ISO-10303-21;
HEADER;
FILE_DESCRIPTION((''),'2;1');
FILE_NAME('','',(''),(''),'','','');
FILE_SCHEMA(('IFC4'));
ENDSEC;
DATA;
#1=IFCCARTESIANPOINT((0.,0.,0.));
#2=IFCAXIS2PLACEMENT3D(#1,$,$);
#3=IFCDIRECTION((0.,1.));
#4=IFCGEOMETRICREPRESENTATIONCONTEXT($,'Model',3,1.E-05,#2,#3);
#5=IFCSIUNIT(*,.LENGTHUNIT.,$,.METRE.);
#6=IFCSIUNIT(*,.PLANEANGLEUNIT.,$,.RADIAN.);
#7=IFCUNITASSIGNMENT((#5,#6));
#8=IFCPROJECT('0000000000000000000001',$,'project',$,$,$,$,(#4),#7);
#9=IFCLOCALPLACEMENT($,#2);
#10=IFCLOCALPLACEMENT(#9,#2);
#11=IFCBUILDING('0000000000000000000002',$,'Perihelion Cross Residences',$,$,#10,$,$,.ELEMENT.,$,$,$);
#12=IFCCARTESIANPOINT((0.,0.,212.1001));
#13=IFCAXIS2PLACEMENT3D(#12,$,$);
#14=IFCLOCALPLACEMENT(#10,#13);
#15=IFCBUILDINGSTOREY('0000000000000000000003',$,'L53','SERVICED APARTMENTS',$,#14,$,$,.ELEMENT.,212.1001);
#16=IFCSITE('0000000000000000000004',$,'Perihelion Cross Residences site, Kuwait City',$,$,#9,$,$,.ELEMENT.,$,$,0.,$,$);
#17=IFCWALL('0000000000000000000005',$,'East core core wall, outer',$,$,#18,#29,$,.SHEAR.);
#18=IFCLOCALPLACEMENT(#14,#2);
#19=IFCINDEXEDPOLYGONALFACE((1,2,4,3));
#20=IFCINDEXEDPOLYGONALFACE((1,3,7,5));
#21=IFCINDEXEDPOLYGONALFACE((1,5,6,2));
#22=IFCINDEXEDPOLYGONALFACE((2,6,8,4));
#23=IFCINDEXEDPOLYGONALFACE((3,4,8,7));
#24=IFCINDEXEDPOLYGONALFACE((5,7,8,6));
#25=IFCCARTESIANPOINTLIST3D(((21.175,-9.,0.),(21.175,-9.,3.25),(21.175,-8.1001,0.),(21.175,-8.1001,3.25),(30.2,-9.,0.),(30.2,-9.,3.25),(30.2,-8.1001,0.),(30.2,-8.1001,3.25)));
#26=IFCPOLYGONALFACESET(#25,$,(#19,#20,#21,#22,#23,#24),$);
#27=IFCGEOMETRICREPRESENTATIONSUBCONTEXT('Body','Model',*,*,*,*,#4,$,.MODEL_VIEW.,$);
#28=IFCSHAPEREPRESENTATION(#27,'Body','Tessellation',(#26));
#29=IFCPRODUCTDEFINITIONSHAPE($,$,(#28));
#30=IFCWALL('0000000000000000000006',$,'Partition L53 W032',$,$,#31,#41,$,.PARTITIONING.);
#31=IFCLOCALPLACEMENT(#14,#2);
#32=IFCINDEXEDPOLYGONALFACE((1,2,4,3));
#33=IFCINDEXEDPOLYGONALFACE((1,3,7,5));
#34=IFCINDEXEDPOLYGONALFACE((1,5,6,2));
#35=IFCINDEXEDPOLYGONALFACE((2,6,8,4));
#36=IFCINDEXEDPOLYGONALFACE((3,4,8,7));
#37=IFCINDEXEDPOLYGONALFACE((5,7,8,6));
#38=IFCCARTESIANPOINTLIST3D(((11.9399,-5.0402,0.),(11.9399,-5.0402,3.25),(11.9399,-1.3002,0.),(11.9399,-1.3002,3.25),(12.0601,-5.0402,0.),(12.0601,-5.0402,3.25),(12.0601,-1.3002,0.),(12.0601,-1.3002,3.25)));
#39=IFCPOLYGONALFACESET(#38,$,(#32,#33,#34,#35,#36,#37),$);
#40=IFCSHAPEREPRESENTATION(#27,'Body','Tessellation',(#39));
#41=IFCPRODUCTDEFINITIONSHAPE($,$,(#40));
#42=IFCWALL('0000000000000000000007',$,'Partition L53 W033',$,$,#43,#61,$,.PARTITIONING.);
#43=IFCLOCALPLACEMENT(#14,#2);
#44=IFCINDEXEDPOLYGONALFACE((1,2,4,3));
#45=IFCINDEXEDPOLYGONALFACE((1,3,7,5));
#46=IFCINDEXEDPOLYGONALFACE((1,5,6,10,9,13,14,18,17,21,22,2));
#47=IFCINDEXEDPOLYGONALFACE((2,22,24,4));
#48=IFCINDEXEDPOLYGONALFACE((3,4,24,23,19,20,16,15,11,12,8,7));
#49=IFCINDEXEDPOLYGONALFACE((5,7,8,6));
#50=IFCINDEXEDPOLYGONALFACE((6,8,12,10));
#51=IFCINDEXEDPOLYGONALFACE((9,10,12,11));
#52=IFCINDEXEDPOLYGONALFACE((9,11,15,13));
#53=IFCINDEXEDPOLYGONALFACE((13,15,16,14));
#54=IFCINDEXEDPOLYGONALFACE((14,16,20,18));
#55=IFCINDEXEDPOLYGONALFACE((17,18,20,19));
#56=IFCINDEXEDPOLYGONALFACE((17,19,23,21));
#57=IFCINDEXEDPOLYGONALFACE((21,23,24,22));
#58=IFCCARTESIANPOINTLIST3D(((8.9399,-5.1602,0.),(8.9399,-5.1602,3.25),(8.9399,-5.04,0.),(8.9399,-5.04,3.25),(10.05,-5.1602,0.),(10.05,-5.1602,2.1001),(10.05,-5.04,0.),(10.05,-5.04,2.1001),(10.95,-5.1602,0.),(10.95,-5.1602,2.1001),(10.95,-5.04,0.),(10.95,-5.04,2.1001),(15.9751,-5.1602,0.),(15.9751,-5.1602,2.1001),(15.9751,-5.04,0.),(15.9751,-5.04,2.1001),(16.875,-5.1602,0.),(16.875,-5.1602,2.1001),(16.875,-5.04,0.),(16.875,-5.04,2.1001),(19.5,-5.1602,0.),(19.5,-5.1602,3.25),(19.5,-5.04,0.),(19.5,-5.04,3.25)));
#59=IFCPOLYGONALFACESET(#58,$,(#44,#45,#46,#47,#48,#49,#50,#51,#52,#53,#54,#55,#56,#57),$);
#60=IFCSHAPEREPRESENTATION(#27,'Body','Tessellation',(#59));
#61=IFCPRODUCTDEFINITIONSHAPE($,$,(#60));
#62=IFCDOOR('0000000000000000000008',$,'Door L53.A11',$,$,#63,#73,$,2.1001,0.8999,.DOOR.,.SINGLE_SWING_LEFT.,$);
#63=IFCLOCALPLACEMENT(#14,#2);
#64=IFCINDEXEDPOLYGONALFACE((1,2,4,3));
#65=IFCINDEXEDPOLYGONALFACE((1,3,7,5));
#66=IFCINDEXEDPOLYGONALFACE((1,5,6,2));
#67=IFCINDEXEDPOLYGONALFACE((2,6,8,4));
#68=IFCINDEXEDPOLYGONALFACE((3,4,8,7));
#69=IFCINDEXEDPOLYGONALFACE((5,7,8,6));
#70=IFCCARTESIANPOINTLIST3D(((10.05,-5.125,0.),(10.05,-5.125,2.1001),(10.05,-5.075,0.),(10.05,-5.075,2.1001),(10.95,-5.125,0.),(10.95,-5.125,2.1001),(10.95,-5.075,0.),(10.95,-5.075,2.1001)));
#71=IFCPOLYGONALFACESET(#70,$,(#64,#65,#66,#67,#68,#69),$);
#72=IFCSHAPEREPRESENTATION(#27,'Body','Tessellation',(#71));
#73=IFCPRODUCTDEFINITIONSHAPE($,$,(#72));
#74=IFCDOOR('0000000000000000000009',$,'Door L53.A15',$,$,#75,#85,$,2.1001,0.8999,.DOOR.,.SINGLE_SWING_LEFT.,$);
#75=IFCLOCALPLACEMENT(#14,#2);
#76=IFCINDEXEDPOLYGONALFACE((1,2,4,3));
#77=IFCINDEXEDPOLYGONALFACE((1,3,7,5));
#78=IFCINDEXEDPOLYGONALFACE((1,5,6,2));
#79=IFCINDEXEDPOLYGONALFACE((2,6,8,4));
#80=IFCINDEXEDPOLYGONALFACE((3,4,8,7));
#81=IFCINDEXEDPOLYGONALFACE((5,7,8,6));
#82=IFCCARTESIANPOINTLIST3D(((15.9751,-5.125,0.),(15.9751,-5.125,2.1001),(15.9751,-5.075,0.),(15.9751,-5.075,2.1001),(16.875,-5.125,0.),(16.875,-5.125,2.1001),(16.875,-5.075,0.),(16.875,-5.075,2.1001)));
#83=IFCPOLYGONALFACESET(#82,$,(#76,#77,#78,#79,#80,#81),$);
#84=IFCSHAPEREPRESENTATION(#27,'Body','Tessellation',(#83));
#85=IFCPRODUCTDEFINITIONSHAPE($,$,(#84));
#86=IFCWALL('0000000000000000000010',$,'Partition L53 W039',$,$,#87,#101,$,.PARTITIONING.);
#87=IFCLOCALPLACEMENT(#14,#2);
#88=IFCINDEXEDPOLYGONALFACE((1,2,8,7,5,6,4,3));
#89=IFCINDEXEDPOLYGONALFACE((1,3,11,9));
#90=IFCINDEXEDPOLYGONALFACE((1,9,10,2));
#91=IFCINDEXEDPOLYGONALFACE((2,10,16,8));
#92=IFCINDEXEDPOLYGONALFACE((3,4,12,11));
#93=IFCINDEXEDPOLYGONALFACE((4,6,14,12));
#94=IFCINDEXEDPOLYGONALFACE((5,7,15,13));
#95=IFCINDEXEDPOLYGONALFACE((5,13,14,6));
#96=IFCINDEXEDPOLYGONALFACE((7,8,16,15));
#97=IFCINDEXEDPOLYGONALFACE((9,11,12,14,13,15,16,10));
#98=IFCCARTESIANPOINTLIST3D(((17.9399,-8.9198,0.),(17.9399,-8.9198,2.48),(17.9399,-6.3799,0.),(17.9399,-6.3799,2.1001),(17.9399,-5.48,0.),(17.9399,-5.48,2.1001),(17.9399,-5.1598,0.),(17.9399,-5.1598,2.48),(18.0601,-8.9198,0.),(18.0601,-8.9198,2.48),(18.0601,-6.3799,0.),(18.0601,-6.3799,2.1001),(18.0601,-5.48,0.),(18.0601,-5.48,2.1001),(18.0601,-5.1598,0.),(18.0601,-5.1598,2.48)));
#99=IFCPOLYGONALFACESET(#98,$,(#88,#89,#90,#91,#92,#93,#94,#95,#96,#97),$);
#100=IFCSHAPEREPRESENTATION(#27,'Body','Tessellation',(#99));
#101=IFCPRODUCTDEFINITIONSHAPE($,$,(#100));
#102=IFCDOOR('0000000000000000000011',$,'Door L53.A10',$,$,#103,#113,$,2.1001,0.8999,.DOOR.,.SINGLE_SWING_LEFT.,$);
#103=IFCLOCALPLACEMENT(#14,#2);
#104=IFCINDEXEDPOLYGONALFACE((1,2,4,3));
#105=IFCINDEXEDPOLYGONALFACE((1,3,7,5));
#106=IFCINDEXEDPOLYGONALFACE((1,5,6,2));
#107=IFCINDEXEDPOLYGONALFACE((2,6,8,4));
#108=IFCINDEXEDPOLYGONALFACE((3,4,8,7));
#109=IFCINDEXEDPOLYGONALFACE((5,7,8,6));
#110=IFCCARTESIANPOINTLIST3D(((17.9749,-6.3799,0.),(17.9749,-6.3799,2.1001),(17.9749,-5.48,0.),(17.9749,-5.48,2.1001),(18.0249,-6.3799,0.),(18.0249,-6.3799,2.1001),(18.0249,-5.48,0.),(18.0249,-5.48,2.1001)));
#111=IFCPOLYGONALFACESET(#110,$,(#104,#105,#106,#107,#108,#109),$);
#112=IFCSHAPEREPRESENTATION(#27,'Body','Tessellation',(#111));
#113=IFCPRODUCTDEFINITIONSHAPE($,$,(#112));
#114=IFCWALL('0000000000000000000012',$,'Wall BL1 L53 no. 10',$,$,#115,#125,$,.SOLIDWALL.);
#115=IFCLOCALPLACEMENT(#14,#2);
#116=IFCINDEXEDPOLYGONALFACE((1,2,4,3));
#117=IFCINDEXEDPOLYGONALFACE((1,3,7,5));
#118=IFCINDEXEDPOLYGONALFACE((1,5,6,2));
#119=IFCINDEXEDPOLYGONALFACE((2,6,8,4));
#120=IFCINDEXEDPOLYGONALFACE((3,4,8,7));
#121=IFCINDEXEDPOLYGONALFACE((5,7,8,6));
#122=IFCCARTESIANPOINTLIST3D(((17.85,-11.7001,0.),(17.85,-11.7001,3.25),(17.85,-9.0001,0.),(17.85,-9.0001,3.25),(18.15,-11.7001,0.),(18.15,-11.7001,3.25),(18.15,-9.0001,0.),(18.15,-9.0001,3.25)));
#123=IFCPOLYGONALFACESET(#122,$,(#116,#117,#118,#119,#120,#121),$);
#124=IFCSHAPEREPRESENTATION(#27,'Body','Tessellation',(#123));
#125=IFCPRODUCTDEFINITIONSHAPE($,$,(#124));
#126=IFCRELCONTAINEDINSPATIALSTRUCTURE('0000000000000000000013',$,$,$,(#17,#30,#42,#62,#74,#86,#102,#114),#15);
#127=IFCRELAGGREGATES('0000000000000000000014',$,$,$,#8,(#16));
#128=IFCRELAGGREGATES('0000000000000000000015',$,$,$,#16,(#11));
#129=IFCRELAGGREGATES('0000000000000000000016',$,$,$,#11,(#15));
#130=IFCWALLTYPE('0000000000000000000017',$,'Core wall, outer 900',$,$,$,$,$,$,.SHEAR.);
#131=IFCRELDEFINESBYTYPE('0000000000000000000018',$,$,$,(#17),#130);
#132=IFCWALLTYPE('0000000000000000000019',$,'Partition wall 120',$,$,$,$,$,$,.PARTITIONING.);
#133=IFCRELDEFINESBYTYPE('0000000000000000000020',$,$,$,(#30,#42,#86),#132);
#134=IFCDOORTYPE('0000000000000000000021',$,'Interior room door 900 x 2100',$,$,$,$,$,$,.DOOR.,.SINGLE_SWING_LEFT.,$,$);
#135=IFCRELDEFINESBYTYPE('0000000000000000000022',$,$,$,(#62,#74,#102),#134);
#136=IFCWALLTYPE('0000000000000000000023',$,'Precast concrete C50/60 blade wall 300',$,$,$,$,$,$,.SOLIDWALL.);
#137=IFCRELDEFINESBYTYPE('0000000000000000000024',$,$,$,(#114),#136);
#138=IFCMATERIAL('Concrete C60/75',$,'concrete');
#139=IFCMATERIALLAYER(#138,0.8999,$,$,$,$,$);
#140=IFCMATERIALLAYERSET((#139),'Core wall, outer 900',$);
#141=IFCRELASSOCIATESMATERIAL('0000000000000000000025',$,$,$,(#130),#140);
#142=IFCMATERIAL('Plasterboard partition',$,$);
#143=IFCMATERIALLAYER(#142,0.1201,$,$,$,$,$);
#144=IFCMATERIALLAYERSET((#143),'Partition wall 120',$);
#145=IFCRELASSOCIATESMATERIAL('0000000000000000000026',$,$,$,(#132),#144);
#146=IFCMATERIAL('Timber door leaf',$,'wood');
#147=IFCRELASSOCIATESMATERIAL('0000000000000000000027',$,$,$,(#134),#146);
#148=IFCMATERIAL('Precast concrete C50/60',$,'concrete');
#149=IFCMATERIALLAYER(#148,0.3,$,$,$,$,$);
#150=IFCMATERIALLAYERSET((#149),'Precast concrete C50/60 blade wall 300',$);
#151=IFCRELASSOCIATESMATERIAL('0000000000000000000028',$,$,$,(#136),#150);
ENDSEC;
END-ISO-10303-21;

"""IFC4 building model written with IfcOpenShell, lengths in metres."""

from ifc_helpers import new_model, si_unit, direction, frame, frame_2d, origin, place, context, subcontext, project, spatial, rectangle, extrude, material, layer, layer_set, type_object, element, fill, save


model = new_model("IFC4")

# Units and contexts
model_context = context("Model", 3, precision=1e-05, world=origin(), true_north=direction((0.0, 1.0)))
body_context = subcontext(model_context, "Body", "Model", "MODEL_VIEW")
ifc_project = project(units=[si_unit("LENGTHUNIT", "METRE"), si_unit("PLANEANGLEUNIT", "RADIAN")], contexts=[model_context])

# Site, building, storey
site_placement = place(None, origin())
site = spatial("IfcSite", under=ifc_project, at=site_placement, Name="Perihelion Cross Residences site, Kuwait City", CompositionType="ELEMENT", RefElevation=0.0)
building_placement = place(site_placement, origin())
building = spatial("IfcBuilding", under=site, at=building_placement, Name="Perihelion Cross Residences", CompositionType="ELEMENT")
storey_placement = place(building_placement, frame((0.0, 0.0, 212.1001)))
storey = spatial("IfcBuildingStorey", under=building, at=storey_placement, Name="L53", Description="SERVICED APARTMENTS", CompositionType="ELEMENT", Elevation=212.1001)

# Walls
ifc_material_1 = material(Name="Concrete C60/75", Category="concrete")
ifc_layer_1 = layer(ifc_material_1, 0.8999)
ifc_layer_set_1 = layer_set([ifc_layer_1], Name="Core wall, outer 900")
wall_type_1 = type_object("IfcWallType", Name="Core wall, outer 900", PredefinedType="SHEAR", material=ifc_layer_set_1)
wall_1_placement = place(storey_placement, frame((21.175, -8.55, 0.0), z_axis=(0.0, 0.0, 1.0), x_axis=(1.0, 0.0, 0.0)))
element("IfcWall", 1, at=wall_1_placement, inside=storey, type_object=wall_type_1, Name="East core core wall, outer", PredefinedType="SHEAR", context=body_context, shape_type="SweptSolid", body=[
    extrude(rectangle(XDim=9.0249, YDim=0.8999, at=frame_2d((4.5125, 0.0))), origin(), (0.0, 0.0, 1.0), 3.25),
])
ifc_material_2 = material(Name="Plasterboard partition")
ifc_layer_2 = layer(ifc_material_2, 0.1201)
ifc_layer_set_2 = layer_set([ifc_layer_2], Name="Partition wall 120")
wall_type_2 = type_object("IfcWallType", Name="Partition wall 120", PredefinedType="PARTITIONING", material=ifc_layer_set_2)
wall_2_placement = place(storey_placement, frame((12.0, -1.3, 0.0), z_axis=(0.0, 0.0, 1.0), x_axis=(0.0, -1.0, 0.0)))
element("IfcWall", 2, at=wall_2_placement, inside=storey, type_object=wall_type_2, Name="Partition L53 W032", PredefinedType="PARTITIONING", context=body_context, shape_type="SweptSolid", body=[
    extrude(rectangle(XDim=3.74, YDim=0.1201, at=frame_2d((1.8701, 0.0))), origin(), (0.0, 0.0, 1.0), 3.25),
])

# Wall, openings, doors
wall_3_placement = place(storey_placement, frame((19.5, -5.1001, 0.0), z_axis=(0.0, 0.0, 1.0), x_axis=(-1.0, 0.0, 0.0)))
wall_3 = element("IfcWall", 3, at=wall_3_placement, inside=storey, type_object=wall_type_2, Name="Partition L53 W033", PredefinedType="PARTITIONING", context=body_context, shape_type="SweptSolid", body=[
    extrude(rectangle(XDim=10.5601, YDim=0.1201, at=frame_2d((5.28, 0.0))), origin(), (0.0, 0.0, 1.0), 3.25),
])
opening_1_placement = place(wall_3_placement, frame((8.55, 0.0, 0.0)))
opening_1 = element("IfcOpeningElement", 4, at=opening_1_placement, cuts=wall_3, PredefinedType="OPENING", context=body_context, shape_type="SweptSolid", body=[
    extrude(rectangle(XDim=0.8999, YDim=2.1001, at=frame_2d((0.45, 1.05))), frame((0.0, 0.0701, 0.0), z_axis=(0.0, -1.0, 0.0), x_axis=(1.0, 0.0, 0.0)), (0.0, 0.0, 1.0), 0.1401),
])
opening_2_placement = place(wall_3_placement, frame((2.625, 0.0, 0.0)))
opening_2 = element("IfcOpeningElement", 5, at=opening_2_placement, cuts=wall_3, PredefinedType="OPENING", context=body_context, shape_type="SweptSolid", body=[
    extrude(rectangle(XDim=0.8999, YDim=2.1001, at=frame_2d((0.45, 1.05))), frame((0.0, 0.0701, 0.0), z_axis=(0.0, -1.0, 0.0), x_axis=(1.0, 0.0, 0.0)), (0.0, 0.0, 1.0), 0.1401),
])
ifc_material_3 = material(Name="Timber door leaf", Category="wood")
door_type_1 = type_object("IfcDoorType", Name="Interior room door 900 x 2100", OperationType="SINGLE_SWING_LEFT", PredefinedType="DOOR", material=ifc_material_3)
door_1_placement = place(opening_1_placement, origin())
door_1 = element("IfcDoor", 6, at=door_1_placement, inside=storey, type_object=door_type_1, Name="Door L53.A11", OperationType="SINGLE_SWING_LEFT", OverallHeight=2.1001, OverallWidth=0.8999, PredefinedType="DOOR", context=body_context, shape_type="SweptSolid", body=[
    extrude(rectangle(XDim=0.8999, YDim=2.1001, at=frame_2d((0.45, 1.05))), frame((0.0, 0.0249, 0.0), z_axis=(0.0, -1.0, 0.0), x_axis=(1.0, 0.0, 0.0)), (0.0, 0.0, 1.0), 0.05),
])
fill(opening_1, door_1)
door_2_placement = place(opening_2_placement, origin())
door_2 = element("IfcDoor", 7, at=door_2_placement, inside=storey, type_object=door_type_1, Name="Door L53.A15", OperationType="SINGLE_SWING_LEFT", OverallHeight=2.1001, OverallWidth=0.8999, PredefinedType="DOOR", context=body_context, shape_type="SweptSolid", body=[
    extrude(rectangle(XDim=0.8999, YDim=2.1001, at=frame_2d((0.45, 1.05))), frame((0.0, 0.0249, 0.0), z_axis=(0.0, -1.0, 0.0), x_axis=(1.0, 0.0, 0.0)), (0.0, 0.0, 1.0), 0.05),
])
fill(opening_2, door_2)

# Wall, opening, door
wall_4_placement = place(storey_placement, frame((18.0, -5.1599, 0.0), z_axis=(0.0, 0.0, 1.0), x_axis=(0.0, -1.0, 0.0)))
wall_4 = element("IfcWall", 8, at=wall_4_placement, inside=storey, type_object=wall_type_2, Name="Partition L53 W039", PredefinedType="PARTITIONING", context=body_context, shape_type="SweptSolid", body=[
    extrude(rectangle(XDim=3.76, YDim=0.1201, at=frame_2d((1.8799, 0.0))), origin(), (0.0, 0.0, 1.0), 2.48),
])
opening_3_placement = place(wall_4_placement, frame((0.3201, 0.0, 0.0)))
opening_3 = element("IfcOpeningElement", 9, at=opening_3_placement, cuts=wall_4, PredefinedType="OPENING", context=body_context, shape_type="SweptSolid", body=[
    extrude(rectangle(XDim=0.8999, YDim=2.1001, at=frame_2d((0.45, 1.05))), frame((0.0, 0.0701, 0.0), z_axis=(0.0, -1.0, 0.0), x_axis=(1.0, 0.0, 0.0)), (0.0, 0.0, 1.0), 0.1401),
])
door_3_placement = place(opening_3_placement, origin())
door_3 = element("IfcDoor", 10, at=door_3_placement, inside=storey, type_object=door_type_1, Name="Door L53.A10", OperationType="SINGLE_SWING_LEFT", OverallHeight=2.1001, OverallWidth=0.8999, PredefinedType="DOOR", context=body_context, shape_type="SweptSolid", body=[
    extrude(rectangle(XDim=0.8999, YDim=2.1001, at=frame_2d((0.45, 1.05))), frame((0.0, 0.0249, 0.0), z_axis=(0.0, -1.0, 0.0), x_axis=(1.0, 0.0, 0.0)), (0.0, 0.0, 1.0), 0.05),
])
fill(opening_3, door_3)

# Wall
ifc_material_4 = material(Name="Precast concrete C50/60", Category="concrete")
ifc_layer_3 = layer(ifc_material_4, 0.3)
ifc_layer_set_3 = layer_set([ifc_layer_3], Name="Precast concrete C50/60 blade wall 300")
wall_type_3 = type_object("IfcWallType", Name="Precast concrete C50/60 blade wall 300", PredefinedType="SOLIDWALL", material=ifc_layer_set_3)
wall_5_placement = place(storey_placement, frame((18.0, -9.0, 0.0), z_axis=(0.0, 0.0, 1.0), x_axis=(0.0, -1.0, 0.0)))
element("IfcWall", 11, at=wall_5_placement, inside=storey, type_object=wall_type_3, Name="Wall BL1 L53 no. 10", PredefinedType="SOLIDWALL", context=body_context, shape_type="SweptSolid", body=[
    extrude(rectangle(XDim=2.7, YDim=0.3, at=frame_2d((1.3501, 0.0))), origin(), (0.0, 0.0, 1.0), 3.25),
])

save(model, "model.ifc")
